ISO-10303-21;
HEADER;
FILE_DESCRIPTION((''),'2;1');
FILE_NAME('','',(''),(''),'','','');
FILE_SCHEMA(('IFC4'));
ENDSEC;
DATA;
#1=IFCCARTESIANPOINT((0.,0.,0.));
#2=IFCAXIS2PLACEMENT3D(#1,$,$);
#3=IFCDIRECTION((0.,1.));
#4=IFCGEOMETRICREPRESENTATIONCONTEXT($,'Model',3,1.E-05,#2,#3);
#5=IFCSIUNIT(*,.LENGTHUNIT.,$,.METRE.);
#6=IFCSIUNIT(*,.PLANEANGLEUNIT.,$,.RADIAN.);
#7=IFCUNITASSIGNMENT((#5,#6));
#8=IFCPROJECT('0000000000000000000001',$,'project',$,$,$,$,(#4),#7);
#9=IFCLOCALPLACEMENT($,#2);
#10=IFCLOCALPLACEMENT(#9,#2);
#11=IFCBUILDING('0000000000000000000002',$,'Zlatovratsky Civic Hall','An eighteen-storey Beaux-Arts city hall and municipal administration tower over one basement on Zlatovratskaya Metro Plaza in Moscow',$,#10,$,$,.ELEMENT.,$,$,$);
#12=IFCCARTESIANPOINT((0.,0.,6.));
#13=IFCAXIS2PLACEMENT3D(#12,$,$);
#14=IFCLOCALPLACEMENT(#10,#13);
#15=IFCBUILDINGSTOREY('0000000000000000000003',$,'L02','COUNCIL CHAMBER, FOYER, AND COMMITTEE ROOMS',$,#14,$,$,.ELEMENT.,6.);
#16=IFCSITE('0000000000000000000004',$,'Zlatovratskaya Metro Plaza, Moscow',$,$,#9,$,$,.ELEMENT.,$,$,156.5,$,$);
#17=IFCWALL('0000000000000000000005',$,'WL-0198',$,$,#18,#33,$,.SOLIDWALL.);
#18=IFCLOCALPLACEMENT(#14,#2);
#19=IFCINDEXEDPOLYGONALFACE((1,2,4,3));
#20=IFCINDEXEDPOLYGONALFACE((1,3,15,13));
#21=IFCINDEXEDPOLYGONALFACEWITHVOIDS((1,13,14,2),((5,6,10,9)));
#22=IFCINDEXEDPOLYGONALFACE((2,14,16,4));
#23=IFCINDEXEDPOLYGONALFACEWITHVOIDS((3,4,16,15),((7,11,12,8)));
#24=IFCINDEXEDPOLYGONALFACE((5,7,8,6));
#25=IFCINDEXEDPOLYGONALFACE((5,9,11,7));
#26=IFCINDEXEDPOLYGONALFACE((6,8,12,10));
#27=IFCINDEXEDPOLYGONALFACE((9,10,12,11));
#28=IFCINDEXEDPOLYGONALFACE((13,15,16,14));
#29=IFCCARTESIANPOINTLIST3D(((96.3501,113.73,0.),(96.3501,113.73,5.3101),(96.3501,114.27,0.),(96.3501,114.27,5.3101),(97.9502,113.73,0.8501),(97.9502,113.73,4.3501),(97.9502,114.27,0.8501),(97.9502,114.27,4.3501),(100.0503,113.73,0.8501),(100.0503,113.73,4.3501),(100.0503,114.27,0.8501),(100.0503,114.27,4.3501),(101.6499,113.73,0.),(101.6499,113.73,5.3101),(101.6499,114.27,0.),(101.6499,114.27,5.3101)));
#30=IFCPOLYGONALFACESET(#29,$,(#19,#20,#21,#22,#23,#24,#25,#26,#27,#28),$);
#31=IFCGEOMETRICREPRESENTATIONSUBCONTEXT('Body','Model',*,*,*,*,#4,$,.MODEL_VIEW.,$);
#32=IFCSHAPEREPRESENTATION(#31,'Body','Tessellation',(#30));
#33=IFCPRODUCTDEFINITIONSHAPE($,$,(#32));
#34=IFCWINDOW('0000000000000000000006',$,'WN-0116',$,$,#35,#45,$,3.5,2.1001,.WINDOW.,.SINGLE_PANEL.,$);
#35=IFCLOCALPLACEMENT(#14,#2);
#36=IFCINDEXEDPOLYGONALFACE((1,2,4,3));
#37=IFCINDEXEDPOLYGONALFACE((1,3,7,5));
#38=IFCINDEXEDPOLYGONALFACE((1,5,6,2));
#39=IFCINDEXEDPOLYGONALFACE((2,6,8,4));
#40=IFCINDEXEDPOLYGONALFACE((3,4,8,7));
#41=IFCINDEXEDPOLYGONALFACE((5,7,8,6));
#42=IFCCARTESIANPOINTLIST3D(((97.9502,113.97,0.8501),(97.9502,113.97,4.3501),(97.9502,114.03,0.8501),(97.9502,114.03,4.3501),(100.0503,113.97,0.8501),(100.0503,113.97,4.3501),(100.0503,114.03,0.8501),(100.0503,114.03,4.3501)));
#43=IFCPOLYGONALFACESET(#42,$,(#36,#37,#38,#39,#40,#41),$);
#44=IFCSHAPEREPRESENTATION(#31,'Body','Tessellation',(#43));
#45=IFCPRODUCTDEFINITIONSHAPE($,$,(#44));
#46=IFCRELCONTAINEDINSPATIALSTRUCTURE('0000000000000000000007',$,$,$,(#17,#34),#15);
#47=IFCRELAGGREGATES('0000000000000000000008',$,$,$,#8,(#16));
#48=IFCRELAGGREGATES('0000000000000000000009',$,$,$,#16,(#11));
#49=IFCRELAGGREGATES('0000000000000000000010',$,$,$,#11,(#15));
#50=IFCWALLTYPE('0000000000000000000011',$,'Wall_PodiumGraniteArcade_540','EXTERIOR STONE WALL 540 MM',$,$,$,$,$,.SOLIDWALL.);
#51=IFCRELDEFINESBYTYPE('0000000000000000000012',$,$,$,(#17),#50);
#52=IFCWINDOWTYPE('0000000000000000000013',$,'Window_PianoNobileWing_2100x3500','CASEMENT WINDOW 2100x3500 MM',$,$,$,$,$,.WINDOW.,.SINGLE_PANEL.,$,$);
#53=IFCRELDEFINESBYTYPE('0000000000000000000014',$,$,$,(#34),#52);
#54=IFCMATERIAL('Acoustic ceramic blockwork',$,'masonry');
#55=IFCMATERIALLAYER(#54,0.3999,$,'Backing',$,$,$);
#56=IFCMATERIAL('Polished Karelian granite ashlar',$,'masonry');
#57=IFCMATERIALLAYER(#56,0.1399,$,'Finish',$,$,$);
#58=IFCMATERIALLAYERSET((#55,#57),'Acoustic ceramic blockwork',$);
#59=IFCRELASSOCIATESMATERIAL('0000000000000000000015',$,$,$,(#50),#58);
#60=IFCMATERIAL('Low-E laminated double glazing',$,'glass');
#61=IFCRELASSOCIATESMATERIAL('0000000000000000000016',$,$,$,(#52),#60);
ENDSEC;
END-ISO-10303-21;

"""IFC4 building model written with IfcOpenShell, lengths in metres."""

from ifc_helpers import new_model, si_unit, direction, frame, frame_2d, origin, place, context, subcontext, project, spatial, rectangle, extrude, material, layer, layer_set, type_object, element, fill, save


model = new_model("IFC4")

# Units and contexts
model_context = context("Model", 3, precision=1e-05, world=origin(), true_north=direction((0.0, 1.0)))
body_context = subcontext(model_context, "Body", "Model", "MODEL_VIEW")
ifc_project = project(units=[si_unit("LENGTHUNIT", "METRE"), si_unit("PLANEANGLEUNIT", "RADIAN")], contexts=[model_context])

# Site, building, storey
site_placement = place(None, origin())
site = spatial("IfcSite", under=ifc_project, at=site_placement, Name="Zlatovratskaya Metro Plaza, Moscow", CompositionType="ELEMENT", RefElevation=156.5)
building_placement = place(site_placement, origin())
building = spatial("IfcBuilding", under=site, at=building_placement, Name="Zlatovratsky Civic Hall", Description="An eighteen-storey Beaux-Arts city hall and municipal administration tower over one basement on Zlatovratskaya Metro Plaza in Moscow", CompositionType="ELEMENT")
storey_placement = place(building_placement, frame((0.0, 0.0, 6.0)))
storey = spatial("IfcBuildingStorey", under=building, at=storey_placement, Name="L02", Description="COUNCIL CHAMBER, FOYER, AND COMMITTEE ROOMS", CompositionType="ELEMENT", Elevation=6.0)

# Wall, opening, window
ifc_material_1 = material(Name="Acoustic ceramic blockwork", Category="masonry")
ifc_layer_1 = layer(ifc_material_1, 0.3999, Name="Backing")
ifc_material_2 = material(Name="Polished Karelian granite ashlar", Category="masonry")
ifc_layer_2 = layer(ifc_material_2, 0.1399, Name="Finish")
ifc_layer_set = layer_set([ifc_layer_1, ifc_layer_2], Name="Acoustic ceramic blockwork")
wall_type = type_object("IfcWallType", Name="Wall_PodiumGraniteArcade_540", Description="EXTERIOR STONE WALL 540 MM", PredefinedType="SOLIDWALL", material=ifc_layer_set)
ifc_material_3 = material(Name="Low-E laminated double glazing", Category="glass")
window_type = type_object("IfcWindowType", Name="Window_PianoNobileWing_2100x3500", Description="CASEMENT WINDOW 2100x3500 MM", PartitioningType="SINGLE_PANEL", PredefinedType="WINDOW", material=ifc_material_3)
wall_1_placement = place(storey_placement, frame((96.3501, 114.0, 0.0), z_axis=(0.0, 0.0, 1.0), x_axis=(1.0, 0.0, 0.0)))
wall_1 = element("IfcWall", 1, at=wall_1_placement, inside=storey, type_object=wall_type, Name="WL-0198", PredefinedType="SOLIDWALL", context=body_context, shape_type="SweptSolid", body=[
    extrude(rectangle(XDim=5.2998, YDim=0.54, at=frame_2d((2.6499, 0.0))), origin(), (0.0, 0.0, 1.0), 5.3101),
])
opening_1_placement = place(wall_1_placement, frame((1.6001, 0.0, 0.8501)))
opening_1 = element("IfcOpeningElement", 2, at=opening_1_placement, cuts=wall_1, PredefinedType="OPENING", context=body_context, shape_type="SweptSolid", body=[
    extrude(rectangle(XDim=2.1001, YDim=3.5, at=frame_2d((1.05, 1.75))), frame((0.0, 0.2849, 0.0), z_axis=(0.0, -1.0, 0.0), x_axis=(1.0, 0.0, 0.0)), (0.0, 0.0, 1.0), 0.5698),
])
window_1_placement = place(opening_1_placement, origin())
window_1 = element("IfcWindow", 3, at=window_1_placement, inside=storey, type_object=window_type, Name="WN-0116", OverallHeight=3.5, OverallWidth=2.1001, PartitioningType="SINGLE_PANEL", PredefinedType="WINDOW", context=body_context, shape_type="SweptSolid", body=[
    extrude(rectangle(XDim=2.1001, YDim=3.5, at=frame_2d((1.05, 1.75))), frame((0.0, 0.03, 0.0), z_axis=(0.0, -1.0, 0.0), x_axis=(1.0, 0.0, 0.0)), (0.0, 0.0, 1.0), 0.0601),
])
fill(opening_1, window_1)

save(model, "model.ifc")
